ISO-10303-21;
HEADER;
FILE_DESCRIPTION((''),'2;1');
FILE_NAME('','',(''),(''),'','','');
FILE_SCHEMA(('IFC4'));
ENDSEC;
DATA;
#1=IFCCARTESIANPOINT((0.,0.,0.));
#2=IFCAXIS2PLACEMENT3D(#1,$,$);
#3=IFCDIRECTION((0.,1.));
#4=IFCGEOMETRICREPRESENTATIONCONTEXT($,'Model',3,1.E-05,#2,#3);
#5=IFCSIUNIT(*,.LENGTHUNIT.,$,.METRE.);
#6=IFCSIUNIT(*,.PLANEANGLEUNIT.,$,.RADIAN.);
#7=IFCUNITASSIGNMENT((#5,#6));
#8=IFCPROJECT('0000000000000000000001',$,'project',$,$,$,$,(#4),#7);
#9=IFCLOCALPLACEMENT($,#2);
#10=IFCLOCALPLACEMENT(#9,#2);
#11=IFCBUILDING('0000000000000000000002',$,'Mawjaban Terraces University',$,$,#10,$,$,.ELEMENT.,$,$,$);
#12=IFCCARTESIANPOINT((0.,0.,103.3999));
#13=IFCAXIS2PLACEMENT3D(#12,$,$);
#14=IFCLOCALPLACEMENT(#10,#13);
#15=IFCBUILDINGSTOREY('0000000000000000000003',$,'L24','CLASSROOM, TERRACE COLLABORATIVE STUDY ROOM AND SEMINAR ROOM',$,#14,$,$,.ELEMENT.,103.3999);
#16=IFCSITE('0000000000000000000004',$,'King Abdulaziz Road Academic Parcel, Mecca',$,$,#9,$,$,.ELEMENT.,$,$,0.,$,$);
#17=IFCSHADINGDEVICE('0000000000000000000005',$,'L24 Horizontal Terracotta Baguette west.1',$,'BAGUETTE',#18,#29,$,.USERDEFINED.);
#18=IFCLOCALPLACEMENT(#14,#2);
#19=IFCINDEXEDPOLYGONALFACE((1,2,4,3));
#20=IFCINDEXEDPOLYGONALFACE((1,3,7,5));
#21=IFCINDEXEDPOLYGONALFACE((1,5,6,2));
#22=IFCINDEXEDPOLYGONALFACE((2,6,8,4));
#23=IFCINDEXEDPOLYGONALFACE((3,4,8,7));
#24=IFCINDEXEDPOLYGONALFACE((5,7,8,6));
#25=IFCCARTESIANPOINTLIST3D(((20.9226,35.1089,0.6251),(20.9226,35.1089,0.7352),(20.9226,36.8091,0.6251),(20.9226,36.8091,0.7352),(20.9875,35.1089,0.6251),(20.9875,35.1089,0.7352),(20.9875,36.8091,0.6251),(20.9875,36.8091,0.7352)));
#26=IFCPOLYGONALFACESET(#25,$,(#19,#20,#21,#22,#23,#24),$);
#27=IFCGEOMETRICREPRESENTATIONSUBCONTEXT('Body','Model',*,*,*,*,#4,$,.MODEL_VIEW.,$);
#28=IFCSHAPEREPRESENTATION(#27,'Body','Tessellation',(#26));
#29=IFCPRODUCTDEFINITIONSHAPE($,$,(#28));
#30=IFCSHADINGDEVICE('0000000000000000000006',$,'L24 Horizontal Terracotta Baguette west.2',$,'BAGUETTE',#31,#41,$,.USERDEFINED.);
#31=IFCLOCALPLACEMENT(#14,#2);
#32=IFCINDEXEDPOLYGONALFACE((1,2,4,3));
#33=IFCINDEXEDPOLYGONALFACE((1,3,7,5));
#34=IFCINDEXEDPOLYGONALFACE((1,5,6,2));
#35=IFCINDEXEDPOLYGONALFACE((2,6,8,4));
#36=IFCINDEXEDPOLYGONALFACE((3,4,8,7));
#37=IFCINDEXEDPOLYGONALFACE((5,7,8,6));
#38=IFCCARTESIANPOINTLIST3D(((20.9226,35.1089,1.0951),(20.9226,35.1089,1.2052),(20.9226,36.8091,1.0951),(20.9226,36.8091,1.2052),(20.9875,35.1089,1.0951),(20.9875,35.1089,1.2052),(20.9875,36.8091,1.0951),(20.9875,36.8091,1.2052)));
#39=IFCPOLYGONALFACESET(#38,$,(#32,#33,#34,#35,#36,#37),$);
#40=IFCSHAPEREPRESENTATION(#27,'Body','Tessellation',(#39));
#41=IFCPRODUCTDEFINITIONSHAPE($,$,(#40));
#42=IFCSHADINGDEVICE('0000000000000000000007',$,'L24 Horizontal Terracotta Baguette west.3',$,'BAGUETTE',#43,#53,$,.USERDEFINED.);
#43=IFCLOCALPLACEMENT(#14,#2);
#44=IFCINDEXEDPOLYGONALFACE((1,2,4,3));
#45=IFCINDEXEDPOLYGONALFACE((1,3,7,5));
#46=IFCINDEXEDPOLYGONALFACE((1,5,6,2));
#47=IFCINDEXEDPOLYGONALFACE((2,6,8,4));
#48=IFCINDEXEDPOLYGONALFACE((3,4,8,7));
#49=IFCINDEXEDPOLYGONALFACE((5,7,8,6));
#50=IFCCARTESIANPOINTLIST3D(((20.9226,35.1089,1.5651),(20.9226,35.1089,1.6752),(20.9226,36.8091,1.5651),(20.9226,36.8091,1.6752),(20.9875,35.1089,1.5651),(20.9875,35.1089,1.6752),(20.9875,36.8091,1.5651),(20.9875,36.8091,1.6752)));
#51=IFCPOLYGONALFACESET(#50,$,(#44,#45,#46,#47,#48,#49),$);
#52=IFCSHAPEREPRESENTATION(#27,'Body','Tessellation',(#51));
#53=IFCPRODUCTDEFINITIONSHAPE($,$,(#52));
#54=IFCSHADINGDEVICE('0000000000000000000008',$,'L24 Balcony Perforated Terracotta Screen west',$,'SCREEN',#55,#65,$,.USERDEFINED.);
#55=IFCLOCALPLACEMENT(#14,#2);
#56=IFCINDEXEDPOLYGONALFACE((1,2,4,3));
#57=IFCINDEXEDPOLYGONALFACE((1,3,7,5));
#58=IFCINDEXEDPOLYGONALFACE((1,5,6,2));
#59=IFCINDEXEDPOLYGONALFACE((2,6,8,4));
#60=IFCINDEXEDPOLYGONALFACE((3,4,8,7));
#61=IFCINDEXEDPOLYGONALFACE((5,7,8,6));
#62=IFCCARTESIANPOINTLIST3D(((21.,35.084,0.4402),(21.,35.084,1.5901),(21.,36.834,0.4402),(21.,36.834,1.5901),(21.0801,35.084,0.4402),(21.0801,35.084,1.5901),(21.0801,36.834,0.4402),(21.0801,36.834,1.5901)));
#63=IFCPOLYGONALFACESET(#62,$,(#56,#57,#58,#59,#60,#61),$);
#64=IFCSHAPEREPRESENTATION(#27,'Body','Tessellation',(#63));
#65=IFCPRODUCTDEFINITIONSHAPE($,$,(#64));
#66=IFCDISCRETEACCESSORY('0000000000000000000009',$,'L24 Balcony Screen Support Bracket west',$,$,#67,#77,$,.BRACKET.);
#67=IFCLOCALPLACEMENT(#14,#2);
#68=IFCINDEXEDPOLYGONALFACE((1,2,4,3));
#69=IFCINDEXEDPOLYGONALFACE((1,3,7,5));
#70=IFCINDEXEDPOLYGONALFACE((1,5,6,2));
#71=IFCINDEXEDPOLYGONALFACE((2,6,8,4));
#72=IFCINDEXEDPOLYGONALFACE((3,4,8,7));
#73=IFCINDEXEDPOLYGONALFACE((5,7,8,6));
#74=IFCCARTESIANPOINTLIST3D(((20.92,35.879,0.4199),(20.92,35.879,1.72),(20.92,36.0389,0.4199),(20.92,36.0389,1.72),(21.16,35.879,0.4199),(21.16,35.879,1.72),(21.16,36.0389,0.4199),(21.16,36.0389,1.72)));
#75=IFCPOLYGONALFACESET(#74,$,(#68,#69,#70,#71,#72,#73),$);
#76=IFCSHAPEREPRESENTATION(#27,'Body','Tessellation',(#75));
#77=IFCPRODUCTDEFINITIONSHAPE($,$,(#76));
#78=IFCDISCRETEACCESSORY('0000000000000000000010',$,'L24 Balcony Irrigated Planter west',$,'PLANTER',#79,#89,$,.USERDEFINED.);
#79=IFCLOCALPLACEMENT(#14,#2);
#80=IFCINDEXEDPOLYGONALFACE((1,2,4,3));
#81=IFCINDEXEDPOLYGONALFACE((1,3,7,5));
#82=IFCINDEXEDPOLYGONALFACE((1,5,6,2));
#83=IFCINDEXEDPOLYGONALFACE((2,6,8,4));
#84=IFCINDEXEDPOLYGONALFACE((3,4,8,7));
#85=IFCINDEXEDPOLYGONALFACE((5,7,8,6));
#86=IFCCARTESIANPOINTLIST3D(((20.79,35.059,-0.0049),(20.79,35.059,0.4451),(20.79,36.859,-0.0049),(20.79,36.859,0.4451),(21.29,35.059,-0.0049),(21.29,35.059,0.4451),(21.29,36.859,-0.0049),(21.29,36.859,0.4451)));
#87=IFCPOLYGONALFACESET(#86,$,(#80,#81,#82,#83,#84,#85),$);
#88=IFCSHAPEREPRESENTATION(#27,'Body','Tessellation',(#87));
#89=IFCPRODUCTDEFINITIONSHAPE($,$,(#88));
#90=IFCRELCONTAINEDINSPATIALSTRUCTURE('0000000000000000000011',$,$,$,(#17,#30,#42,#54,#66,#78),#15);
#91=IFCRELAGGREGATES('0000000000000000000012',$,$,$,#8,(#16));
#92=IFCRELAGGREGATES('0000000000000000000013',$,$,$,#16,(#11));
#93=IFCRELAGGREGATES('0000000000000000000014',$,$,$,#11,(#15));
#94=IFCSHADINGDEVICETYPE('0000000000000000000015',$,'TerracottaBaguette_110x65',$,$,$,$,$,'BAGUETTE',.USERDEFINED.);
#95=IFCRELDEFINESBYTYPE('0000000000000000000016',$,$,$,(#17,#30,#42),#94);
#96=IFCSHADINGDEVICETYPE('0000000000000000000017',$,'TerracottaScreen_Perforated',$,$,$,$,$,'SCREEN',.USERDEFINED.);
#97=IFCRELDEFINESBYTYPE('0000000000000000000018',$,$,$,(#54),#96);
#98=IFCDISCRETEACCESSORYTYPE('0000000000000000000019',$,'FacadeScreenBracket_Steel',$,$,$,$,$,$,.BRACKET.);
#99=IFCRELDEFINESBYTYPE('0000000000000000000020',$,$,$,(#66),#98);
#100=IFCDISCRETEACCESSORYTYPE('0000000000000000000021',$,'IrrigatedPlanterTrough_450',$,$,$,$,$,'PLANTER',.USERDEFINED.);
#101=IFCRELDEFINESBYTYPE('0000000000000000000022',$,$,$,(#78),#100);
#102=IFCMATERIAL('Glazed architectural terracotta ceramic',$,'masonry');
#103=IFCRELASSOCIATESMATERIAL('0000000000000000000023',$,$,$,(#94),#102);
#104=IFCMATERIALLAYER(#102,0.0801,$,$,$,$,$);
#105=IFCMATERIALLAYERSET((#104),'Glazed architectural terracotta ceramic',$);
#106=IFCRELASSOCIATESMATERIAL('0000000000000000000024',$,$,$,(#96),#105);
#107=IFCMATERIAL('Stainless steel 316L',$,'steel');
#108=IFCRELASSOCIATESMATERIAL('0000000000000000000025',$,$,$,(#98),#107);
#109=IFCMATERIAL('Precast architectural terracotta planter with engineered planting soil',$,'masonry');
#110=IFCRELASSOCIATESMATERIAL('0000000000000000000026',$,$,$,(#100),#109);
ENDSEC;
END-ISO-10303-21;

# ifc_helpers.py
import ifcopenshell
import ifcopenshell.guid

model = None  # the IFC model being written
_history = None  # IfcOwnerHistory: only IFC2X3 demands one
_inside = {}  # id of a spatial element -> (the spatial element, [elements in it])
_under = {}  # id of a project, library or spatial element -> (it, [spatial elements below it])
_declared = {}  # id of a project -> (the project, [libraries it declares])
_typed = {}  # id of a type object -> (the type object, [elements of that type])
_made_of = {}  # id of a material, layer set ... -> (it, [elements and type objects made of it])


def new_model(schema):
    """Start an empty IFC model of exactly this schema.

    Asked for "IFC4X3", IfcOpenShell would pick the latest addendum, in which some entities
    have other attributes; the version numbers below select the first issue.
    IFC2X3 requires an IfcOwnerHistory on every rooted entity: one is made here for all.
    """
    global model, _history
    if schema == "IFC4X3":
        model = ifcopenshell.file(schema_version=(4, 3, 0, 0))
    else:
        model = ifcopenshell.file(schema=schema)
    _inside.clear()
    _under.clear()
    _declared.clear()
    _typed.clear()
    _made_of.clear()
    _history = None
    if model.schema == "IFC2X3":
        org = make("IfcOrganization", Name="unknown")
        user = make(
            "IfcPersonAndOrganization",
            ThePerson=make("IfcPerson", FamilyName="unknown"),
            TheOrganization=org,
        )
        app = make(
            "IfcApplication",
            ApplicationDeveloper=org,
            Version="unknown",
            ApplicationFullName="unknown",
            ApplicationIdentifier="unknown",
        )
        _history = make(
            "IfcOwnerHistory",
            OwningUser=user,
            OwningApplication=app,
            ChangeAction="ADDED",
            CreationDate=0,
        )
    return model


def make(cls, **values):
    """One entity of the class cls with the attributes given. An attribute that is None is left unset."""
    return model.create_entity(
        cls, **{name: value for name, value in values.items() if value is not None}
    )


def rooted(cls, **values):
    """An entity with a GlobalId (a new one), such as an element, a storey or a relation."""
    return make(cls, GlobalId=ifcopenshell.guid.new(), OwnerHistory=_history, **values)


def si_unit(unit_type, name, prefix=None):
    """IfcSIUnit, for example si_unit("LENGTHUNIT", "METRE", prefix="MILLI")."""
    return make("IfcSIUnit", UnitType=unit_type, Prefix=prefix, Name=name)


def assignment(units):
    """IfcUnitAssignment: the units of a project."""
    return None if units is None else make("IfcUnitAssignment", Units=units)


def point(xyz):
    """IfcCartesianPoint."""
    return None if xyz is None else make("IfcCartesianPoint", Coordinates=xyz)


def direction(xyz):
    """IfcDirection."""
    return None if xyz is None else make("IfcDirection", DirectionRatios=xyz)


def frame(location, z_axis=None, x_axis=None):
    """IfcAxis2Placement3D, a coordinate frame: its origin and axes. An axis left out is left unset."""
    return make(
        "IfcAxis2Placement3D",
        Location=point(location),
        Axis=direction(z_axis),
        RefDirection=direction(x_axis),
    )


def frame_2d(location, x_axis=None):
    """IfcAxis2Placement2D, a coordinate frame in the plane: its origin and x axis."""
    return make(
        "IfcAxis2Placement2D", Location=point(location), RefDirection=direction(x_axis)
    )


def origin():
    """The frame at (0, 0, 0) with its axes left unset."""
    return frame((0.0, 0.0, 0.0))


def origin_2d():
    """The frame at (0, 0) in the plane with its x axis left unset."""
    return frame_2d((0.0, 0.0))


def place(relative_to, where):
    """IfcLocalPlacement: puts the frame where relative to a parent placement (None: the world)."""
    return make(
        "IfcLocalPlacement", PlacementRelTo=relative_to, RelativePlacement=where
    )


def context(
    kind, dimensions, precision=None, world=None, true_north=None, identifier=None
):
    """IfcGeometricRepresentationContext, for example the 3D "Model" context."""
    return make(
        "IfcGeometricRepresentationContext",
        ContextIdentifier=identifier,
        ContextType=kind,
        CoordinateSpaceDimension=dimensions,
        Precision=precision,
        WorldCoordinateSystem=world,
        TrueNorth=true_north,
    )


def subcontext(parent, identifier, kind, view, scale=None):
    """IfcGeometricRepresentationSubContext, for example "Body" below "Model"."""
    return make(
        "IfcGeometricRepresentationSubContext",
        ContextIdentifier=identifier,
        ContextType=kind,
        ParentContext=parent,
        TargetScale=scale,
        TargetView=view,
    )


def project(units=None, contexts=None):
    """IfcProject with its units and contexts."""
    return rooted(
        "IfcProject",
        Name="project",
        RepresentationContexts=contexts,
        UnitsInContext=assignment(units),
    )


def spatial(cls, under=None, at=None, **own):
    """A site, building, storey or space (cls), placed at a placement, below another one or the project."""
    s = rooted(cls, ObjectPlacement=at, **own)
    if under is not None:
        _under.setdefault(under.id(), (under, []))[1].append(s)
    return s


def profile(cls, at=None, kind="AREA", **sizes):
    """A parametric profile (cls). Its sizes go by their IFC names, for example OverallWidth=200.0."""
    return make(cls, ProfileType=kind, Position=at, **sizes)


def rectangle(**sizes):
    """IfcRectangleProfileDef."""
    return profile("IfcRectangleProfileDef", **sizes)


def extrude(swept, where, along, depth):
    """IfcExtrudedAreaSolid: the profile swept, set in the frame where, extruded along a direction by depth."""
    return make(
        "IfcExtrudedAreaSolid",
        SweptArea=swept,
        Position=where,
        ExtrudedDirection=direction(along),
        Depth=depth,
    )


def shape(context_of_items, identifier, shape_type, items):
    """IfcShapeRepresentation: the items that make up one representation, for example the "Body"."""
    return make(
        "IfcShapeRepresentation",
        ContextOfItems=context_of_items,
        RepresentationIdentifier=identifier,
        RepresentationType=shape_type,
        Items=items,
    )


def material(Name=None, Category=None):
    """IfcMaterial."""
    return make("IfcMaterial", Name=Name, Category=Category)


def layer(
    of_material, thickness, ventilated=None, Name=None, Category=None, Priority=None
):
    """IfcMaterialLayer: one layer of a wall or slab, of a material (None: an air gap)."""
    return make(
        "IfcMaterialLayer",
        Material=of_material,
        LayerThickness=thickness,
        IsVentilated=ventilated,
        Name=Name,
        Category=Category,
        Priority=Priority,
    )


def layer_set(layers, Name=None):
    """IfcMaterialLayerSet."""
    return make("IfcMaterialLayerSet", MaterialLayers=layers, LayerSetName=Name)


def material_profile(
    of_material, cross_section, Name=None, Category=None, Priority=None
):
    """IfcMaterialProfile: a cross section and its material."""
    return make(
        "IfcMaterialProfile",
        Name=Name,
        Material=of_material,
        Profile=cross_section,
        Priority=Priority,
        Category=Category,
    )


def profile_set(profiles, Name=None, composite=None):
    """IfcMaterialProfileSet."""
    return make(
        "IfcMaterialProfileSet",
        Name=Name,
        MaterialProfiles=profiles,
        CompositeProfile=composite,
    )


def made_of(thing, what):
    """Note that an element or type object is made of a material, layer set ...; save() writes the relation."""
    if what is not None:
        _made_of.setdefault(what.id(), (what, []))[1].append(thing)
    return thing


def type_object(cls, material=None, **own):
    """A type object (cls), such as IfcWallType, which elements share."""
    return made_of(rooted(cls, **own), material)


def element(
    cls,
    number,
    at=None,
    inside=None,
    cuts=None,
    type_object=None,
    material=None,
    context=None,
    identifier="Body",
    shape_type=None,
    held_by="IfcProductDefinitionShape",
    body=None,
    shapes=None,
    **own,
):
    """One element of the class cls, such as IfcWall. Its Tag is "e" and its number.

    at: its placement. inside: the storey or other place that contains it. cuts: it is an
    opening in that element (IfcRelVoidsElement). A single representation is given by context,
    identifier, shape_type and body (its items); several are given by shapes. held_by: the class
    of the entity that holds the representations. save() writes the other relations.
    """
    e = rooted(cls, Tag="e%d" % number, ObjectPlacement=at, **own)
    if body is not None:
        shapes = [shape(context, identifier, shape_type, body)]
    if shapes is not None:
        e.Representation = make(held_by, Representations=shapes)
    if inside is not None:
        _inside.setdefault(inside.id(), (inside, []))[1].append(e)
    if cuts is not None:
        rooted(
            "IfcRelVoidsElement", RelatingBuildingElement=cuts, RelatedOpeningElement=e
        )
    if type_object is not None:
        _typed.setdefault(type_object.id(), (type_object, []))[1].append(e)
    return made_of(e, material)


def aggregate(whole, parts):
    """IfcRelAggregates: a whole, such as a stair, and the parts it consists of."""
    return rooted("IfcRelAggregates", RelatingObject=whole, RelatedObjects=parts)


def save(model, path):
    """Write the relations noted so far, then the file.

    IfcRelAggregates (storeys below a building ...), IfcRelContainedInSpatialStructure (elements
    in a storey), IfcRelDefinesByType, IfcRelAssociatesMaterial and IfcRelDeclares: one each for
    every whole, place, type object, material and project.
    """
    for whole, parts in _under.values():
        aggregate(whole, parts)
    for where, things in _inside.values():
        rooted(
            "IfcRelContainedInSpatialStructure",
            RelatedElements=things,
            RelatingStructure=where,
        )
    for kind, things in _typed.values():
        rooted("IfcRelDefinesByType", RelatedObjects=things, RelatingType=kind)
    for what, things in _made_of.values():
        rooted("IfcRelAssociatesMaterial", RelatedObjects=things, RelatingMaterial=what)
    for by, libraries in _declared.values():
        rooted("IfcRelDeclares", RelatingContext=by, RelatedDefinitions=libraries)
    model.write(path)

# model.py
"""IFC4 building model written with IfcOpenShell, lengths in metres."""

from ifc_helpers import new_model, si_unit, direction, frame, origin, origin_2d, place, context, subcontext, project, spatial, rectangle, extrude, material, layer, layer_set, material_profile, profile_set, type_object, element, save


model = new_model("IFC4")

# Units and contexts
model_context = context("Model", 3, precision=1e-05, world=origin(), true_north=direction((0.0, 1.0)))
body_context = subcontext(model_context, "Body", "Model", "MODEL_VIEW")
ifc_project = project(units=[si_unit("LENGTHUNIT", "METRE"), si_unit("PLANEANGLEUNIT", "RADIAN")], contexts=[model_context])

# Site, building, storey
site_placement = place(None, origin())
site = spatial("IfcSite", under=ifc_project, at=site_placement, Name="King Abdulaziz Road Academic Parcel, Mecca", CompositionType="ELEMENT", RefElevation=0.0)
building_placement = place(site_placement, origin())
building = spatial("IfcBuilding", under=site, at=building_placement, Name="Mawjaban Terraces University", CompositionType="ELEMENT")
storey_placement = place(building_placement, frame((0.0, 0.0, 103.3999)))
storey = spatial("IfcBuildingStorey", under=building, at=storey_placement, Name="L24", Description="CLASSROOM, TERRACE COLLABORATIVE STUDY ROOM AND SEMINAR ROOM", CompositionType="ELEMENT", Elevation=103.3999)

# Shading devices
ifc_material_1 = material(Name="Glazed architectural terracotta ceramic", Category="masonry")
ifc_material_profile_1 = material_profile(ifc_material_1, rectangle(XDim=0.0649, YDim=0.1101, at=origin_2d()), Name="TBAG110X65")
ifc_profile_set_1 = profile_set([ifc_material_profile_1], Name="Glazed architectural terracotta ceramic")
shading_device_type_1 = type_object("IfcShadingDeviceType", Name="TerracottaBaguette_110x65", ElementType="BAGUETTE", PredefinedType="USERDEFINED", material=ifc_profile_set_1)
for number, where, z_axis, x_axis, name in (
    (1, (20.9551, 35.1089, 0.6802), (0.0, 1.0, 0.0), (-1.0, 0.0, 0.0), "L24 Horizontal Terracotta Baguette west.1"),
    (2, (20.9551, 35.1089, 1.1501), (0.0, 1.0, 0.0), (-1.0, 0.0, 0.0), "L24 Horizontal Terracotta Baguette west.2"),
    (3, (20.9551, 35.1089, 1.6201), (0.0, 1.0, 0.0), (-1.0, 0.0, 0.0), "L24 Horizontal Terracotta Baguette west.3"),
):
    element("IfcShadingDevice", number, at=place(storey_placement, frame(where, z_axis=z_axis, x_axis=x_axis)), inside=storey, type_object=shading_device_type_1, Name=name, ObjectType="BAGUETTE", PredefinedType="USERDEFINED", context=body_context, shape_type="SweptSolid", body=[
        extrude(rectangle(XDim=0.0649, YDim=0.1101, at=origin_2d()), origin(), (0.0, 0.0, 1.0), 1.7002),
    ])
ifc_layer_1 = layer(ifc_material_1, 0.0801)
ifc_layer_set_1 = layer_set([ifc_layer_1], Name="Glazed architectural terracotta ceramic")
shading_device_type_2 = type_object("IfcShadingDeviceType", Name="TerracottaScreen_Perforated", ElementType="SCREEN", PredefinedType="USERDEFINED", material=ifc_layer_set_1)
shading_device_placement = place(storey_placement, frame((21.04, 35.959, 0.4402), z_axis=(0.0, 0.0, 1.0), x_axis=(0.0, 1.0, 0.0)))
element("IfcShadingDevice", 4, at=shading_device_placement, inside=storey, type_object=shading_device_type_2, Name="L24 Balcony Perforated Terracotta Screen west", ObjectType="SCREEN", PredefinedType="USERDEFINED", context=body_context, shape_type="SweptSolid", body=[
    extrude(rectangle(XDim=1.75, YDim=0.0801, at=origin_2d()), origin(), (0.0, 0.0, 1.0), 1.1499),
])

# Discrete accessories
ifc_material_2 = material(Name="Stainless steel 316L", Category="steel")
discrete_accessory_type_1 = type_object("IfcDiscreteAccessoryType", Name="FacadeScreenBracket_Steel", PredefinedType="BRACKET", material=ifc_material_2)
discrete_accessory_1_placement = place(storey_placement, frame((21.04, 35.959, 0.4199), z_axis=(0.0, 0.0, 1.0), x_axis=(0.0, 1.0, 0.0)))
element("IfcDiscreteAccessory", 5, at=discrete_accessory_1_placement, inside=storey, type_object=discrete_accessory_type_1, Name="L24 Balcony Screen Support Bracket west", PredefinedType="BRACKET", context=body_context, shape_type="SweptSolid", body=[
    extrude(rectangle(XDim=0.1599, YDim=0.24, at=origin_2d()), origin(), (0.0, 0.0, 1.0), 1.3),
])
ifc_material_3 = material(Name="Precast architectural terracotta planter with engineered planting soil", Category="masonry")
discrete_accessory_type_2 = type_object("IfcDiscreteAccessoryType", Name="IrrigatedPlanterTrough_450", ElementType="PLANTER", PredefinedType="USERDEFINED", material=ifc_material_3)
discrete_accessory_2_placement = place(storey_placement, frame((21.04, 35.959, -0.0049), z_axis=(0.0, 0.0, 1.0), x_axis=(0.0, 1.0, 0.0)))
element("IfcDiscreteAccessory", 6, at=discrete_accessory_2_placement, inside=storey, type_object=discrete_accessory_type_2, Name="L24 Balcony Irrigated Planter west", ObjectType="PLANTER", PredefinedType="USERDEFINED", context=body_context, shape_type="SweptSolid", body=[
    extrude(rectangle(XDim=1.8, YDim=0.5, at=origin_2d()), origin(), (0.0, 0.0, 1.0), 0.45),
])

save(model, "model.ifc")
